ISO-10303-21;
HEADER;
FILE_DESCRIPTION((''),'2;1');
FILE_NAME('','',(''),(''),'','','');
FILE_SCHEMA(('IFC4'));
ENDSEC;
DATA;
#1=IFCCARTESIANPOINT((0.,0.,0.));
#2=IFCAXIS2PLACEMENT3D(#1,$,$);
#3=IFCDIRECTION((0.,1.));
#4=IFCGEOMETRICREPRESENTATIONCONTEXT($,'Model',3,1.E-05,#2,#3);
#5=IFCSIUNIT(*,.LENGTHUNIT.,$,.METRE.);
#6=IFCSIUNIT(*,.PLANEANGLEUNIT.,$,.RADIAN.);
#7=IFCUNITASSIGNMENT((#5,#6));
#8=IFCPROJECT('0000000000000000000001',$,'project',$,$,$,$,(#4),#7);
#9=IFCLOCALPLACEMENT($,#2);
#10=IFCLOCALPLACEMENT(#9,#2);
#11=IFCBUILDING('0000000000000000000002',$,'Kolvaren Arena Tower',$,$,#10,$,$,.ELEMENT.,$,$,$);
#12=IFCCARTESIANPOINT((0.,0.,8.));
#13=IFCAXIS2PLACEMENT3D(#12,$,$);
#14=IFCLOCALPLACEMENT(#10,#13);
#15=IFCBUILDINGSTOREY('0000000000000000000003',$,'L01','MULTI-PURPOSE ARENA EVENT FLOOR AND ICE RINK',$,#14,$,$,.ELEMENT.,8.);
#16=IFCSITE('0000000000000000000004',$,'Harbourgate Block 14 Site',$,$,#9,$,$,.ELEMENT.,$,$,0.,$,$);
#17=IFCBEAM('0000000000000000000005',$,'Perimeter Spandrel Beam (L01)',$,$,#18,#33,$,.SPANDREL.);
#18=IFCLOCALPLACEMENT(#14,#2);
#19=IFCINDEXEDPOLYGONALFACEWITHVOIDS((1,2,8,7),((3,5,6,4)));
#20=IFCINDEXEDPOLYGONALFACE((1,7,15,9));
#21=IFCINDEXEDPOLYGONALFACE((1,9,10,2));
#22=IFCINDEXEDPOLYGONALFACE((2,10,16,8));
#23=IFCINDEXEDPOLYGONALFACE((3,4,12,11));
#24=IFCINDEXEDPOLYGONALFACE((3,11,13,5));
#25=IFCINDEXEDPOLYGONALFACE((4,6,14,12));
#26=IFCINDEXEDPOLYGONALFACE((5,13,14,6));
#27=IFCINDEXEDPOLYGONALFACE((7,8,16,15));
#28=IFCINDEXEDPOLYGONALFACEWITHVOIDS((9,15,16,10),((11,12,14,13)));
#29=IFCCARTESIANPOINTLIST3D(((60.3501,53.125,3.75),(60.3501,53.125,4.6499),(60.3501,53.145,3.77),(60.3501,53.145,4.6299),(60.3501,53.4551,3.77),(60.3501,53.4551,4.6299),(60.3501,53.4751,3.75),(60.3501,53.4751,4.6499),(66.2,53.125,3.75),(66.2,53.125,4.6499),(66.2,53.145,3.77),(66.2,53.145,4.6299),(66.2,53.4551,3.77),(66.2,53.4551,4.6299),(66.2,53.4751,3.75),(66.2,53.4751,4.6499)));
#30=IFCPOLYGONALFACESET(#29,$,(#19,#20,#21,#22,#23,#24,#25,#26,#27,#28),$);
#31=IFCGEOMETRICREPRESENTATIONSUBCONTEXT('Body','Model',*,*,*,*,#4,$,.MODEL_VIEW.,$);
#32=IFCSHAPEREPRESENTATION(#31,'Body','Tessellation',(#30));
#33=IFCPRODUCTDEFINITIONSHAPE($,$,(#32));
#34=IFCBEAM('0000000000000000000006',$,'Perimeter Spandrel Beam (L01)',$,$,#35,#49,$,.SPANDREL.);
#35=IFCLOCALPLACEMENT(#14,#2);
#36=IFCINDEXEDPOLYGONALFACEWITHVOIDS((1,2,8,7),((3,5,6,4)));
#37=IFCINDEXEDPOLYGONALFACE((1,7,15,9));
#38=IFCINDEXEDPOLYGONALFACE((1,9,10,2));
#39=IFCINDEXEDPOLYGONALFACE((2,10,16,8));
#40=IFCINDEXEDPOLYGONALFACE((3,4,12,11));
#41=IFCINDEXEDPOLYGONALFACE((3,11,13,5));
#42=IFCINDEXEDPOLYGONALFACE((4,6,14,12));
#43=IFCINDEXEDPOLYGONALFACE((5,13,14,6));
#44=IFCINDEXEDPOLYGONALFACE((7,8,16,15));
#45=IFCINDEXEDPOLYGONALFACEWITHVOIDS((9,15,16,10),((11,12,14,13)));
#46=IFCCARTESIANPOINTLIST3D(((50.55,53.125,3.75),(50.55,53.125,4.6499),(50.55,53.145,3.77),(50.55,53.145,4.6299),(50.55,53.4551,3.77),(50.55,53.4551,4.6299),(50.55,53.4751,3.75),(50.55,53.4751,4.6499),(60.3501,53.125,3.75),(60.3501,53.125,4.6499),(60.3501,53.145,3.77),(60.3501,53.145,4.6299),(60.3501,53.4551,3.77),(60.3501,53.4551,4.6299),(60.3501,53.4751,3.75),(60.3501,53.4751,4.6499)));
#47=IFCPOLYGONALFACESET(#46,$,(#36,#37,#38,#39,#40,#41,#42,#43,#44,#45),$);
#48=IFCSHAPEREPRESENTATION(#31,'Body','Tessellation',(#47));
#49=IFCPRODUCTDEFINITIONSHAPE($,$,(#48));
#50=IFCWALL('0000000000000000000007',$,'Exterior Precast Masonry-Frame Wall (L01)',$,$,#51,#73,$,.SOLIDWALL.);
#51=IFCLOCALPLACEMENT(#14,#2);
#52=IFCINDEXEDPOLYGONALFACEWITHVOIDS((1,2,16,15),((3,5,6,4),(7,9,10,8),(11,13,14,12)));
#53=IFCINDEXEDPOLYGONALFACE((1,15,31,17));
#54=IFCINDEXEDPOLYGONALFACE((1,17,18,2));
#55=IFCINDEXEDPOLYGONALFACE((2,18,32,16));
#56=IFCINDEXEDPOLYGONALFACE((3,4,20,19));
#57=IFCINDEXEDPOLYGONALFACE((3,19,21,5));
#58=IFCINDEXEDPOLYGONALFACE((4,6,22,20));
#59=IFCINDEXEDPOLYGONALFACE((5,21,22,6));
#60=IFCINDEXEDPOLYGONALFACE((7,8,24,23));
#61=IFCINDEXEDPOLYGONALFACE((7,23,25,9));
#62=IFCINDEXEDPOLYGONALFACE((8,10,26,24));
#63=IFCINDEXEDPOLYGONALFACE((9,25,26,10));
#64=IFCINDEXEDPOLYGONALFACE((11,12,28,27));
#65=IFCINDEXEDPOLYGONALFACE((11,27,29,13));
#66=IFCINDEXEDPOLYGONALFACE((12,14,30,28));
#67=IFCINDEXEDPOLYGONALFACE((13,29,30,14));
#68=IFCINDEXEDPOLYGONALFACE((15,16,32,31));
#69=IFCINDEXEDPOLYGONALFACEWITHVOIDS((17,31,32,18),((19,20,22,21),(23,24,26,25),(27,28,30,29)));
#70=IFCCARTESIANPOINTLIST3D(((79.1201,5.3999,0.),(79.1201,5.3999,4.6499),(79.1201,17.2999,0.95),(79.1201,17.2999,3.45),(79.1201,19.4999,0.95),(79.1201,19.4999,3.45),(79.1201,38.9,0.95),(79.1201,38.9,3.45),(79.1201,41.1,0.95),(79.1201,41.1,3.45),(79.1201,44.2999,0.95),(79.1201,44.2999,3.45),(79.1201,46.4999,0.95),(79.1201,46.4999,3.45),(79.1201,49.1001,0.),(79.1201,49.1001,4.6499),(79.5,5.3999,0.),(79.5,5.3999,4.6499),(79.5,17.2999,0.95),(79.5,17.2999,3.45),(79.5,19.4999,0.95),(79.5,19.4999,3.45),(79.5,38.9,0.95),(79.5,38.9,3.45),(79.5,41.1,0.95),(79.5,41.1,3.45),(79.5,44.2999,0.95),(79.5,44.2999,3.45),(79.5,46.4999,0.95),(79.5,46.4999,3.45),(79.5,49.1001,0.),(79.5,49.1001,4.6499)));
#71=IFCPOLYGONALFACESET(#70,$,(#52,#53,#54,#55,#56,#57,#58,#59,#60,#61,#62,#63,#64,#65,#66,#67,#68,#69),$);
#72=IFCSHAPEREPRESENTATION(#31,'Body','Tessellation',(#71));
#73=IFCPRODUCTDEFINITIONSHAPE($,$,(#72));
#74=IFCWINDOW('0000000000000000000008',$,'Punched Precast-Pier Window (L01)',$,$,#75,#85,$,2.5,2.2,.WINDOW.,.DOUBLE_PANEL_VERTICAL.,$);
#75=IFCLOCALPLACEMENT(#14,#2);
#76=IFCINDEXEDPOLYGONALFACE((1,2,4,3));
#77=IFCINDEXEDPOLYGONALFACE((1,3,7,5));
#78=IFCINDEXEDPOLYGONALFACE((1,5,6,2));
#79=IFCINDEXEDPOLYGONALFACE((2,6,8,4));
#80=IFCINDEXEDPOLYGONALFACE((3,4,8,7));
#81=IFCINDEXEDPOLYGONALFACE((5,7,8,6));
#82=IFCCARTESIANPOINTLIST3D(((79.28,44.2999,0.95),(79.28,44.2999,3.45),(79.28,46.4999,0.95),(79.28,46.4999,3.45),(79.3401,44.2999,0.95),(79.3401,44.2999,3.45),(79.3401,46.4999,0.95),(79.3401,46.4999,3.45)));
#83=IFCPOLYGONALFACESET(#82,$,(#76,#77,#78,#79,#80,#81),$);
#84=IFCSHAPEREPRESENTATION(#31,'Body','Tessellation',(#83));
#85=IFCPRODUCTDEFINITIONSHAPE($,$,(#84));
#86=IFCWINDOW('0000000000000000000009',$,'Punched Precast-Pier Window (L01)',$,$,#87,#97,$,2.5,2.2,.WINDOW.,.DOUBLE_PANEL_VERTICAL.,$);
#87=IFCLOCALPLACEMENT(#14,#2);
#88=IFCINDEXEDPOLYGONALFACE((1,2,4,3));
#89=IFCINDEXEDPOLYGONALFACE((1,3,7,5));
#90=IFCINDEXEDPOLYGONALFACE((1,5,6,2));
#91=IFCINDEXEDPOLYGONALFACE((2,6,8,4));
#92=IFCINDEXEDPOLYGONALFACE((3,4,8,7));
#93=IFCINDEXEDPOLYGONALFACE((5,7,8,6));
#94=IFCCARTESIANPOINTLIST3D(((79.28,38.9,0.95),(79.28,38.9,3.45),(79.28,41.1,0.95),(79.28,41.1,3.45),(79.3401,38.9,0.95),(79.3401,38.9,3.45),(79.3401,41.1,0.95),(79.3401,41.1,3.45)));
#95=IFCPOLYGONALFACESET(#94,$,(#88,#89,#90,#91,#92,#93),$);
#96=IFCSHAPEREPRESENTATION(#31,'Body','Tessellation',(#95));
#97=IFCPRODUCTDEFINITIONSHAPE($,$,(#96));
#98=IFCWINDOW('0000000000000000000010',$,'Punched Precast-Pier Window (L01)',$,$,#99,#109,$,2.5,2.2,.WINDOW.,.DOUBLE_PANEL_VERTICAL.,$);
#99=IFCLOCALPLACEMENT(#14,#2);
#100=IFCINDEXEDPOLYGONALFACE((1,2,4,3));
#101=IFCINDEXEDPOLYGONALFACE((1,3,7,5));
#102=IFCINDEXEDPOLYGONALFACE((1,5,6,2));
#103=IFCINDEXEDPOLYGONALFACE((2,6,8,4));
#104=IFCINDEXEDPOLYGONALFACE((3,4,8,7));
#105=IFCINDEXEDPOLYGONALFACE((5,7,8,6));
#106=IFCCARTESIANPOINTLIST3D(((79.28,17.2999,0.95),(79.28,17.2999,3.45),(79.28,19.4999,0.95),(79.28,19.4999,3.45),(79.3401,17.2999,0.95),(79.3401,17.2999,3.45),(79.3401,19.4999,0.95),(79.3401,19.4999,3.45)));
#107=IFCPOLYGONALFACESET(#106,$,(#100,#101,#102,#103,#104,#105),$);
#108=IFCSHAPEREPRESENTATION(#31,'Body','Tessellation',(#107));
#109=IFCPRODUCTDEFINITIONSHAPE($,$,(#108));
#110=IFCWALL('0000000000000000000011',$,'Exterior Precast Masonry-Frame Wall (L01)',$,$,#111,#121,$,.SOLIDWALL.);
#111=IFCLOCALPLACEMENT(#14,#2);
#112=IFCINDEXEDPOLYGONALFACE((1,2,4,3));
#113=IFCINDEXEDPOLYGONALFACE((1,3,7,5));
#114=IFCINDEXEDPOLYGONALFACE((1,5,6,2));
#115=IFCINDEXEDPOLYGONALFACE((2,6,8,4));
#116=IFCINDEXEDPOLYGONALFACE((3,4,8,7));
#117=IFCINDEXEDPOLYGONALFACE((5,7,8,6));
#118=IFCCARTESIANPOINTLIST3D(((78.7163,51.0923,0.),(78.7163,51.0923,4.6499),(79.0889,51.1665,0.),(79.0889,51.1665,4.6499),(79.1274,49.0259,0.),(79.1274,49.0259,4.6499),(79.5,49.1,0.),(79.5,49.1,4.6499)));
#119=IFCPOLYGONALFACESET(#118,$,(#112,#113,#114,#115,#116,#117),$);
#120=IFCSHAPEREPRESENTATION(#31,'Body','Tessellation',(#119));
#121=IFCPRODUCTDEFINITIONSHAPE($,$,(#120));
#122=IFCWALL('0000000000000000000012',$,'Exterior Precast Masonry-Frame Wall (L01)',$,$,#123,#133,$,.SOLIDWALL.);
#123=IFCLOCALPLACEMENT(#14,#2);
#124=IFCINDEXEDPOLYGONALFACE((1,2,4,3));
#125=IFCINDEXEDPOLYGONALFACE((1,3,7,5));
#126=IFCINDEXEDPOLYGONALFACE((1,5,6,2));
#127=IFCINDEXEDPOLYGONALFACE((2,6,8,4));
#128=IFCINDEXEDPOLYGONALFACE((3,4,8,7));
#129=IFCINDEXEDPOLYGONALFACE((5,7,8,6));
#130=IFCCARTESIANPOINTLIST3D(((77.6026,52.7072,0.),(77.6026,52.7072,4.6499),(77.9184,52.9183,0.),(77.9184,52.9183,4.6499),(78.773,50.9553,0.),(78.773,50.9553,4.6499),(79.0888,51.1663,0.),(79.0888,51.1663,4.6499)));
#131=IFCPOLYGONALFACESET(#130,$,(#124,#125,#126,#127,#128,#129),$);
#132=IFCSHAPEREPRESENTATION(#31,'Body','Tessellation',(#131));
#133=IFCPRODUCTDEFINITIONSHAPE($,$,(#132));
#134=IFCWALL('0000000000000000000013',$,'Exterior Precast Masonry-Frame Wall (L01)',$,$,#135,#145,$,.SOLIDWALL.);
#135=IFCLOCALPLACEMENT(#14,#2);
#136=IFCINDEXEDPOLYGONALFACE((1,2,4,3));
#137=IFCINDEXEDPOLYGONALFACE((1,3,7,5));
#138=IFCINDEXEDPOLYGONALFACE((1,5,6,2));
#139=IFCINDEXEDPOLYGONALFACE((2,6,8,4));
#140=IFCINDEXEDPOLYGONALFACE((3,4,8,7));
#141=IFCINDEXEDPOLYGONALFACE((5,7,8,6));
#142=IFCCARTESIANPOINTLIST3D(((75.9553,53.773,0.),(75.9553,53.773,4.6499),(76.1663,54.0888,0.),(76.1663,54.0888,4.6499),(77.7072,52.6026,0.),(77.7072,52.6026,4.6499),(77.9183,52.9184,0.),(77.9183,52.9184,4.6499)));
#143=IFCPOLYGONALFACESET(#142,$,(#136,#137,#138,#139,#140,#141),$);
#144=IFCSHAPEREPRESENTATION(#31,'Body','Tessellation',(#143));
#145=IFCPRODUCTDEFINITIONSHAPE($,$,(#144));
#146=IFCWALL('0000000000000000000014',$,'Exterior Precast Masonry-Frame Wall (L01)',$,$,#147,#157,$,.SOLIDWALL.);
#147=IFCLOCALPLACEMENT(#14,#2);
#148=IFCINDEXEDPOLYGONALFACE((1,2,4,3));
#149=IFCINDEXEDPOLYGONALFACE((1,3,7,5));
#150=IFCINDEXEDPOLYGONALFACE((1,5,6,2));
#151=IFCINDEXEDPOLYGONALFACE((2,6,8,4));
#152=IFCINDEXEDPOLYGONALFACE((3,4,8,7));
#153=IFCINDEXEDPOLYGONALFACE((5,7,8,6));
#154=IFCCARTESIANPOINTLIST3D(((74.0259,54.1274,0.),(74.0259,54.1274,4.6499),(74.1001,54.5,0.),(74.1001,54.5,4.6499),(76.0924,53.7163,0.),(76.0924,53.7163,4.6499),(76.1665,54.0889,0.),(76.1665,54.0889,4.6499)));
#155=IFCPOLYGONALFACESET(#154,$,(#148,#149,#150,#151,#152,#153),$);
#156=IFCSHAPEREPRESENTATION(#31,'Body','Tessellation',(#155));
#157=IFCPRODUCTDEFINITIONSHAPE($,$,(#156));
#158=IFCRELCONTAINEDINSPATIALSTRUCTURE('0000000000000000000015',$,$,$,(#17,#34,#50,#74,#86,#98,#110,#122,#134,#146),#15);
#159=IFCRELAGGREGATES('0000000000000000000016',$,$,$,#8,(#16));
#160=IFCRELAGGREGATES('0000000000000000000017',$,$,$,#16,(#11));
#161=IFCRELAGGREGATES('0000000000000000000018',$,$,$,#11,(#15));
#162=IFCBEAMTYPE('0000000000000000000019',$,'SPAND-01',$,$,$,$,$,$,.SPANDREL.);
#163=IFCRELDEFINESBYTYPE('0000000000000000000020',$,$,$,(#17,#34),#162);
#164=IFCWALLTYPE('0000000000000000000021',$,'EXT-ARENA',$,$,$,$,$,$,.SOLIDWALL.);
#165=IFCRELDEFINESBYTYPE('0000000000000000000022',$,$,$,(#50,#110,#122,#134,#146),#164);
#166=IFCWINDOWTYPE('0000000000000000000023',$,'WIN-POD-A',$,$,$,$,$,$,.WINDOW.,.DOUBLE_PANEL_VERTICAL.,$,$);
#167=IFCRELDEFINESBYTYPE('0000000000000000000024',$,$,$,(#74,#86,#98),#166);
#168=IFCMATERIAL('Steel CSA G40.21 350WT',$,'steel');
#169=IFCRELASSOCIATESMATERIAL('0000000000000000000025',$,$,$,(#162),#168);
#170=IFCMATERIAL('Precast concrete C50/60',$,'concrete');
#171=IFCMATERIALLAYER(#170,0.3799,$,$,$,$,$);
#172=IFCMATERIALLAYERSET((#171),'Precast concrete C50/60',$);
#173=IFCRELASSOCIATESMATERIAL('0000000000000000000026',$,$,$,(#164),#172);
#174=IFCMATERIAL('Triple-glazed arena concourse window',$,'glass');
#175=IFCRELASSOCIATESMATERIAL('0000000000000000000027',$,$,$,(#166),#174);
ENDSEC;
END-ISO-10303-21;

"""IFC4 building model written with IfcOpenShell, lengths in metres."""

from ifc_helpers import new_model, si_unit, direction, frame, frame_2d, origin, origin_2d, place, context, subcontext, project, spatial, rectangle, hollow_rectangle, extrude, material, layer, layer_set, material_profile, profile_set, type_object, element, fill, save


model = new_model("IFC4")

# Units and contexts
model_context = context("Model", 3, precision=1e-05, world=origin(), true_north=direction((0.0, 1.0)))
body_context = subcontext(model_context, "Body", "Model", "MODEL_VIEW")
ifc_project = project(units=[si_unit("LENGTHUNIT", "METRE"), si_unit("PLANEANGLEUNIT", "RADIAN")], contexts=[model_context])

# Site, building, storey
site_placement = place(None, origin())
site = spatial("IfcSite", under=ifc_project, at=site_placement, Name="Harbourgate Block 14 Site", CompositionType="ELEMENT", RefElevation=0.0)
building_placement = place(site_placement, origin())
building = spatial("IfcBuilding", under=site, at=building_placement, Name="Kolvaren Arena Tower", CompositionType="ELEMENT")
storey_placement = place(building_placement, frame((0.0, 0.0, 8.0)))
storey = spatial("IfcBuildingStorey", under=building, at=storey_placement, Name="L01", Description="MULTI-PURPOSE ARENA EVENT FLOOR AND ICE RINK", CompositionType="ELEMENT", Elevation=8.0)

# Beams
ifc_material_1 = material(Name="Steel CSA G40.21 350WT", Category="steel")
ifc_material_profile_1 = material_profile(ifc_material_1, hollow_rectangle(XDim=0.3501, YDim=0.8999, WallThickness=0.02, at=origin_2d()), Name="HSS 900x350x20")
ifc_profile_set_1 = profile_set([ifc_material_profile_1], Name="Steel CSA G40.21 350WT")
beam_type_1 = type_object("IfcBeamType", Name="SPAND-01", PredefinedType="SPANDREL", material=ifc_profile_set_1)
beam_1_placement = place(storey_placement, frame((66.2, 53.3, 4.2), z_axis=(-1.0, 0.0, 0.0), x_axis=(0.0, -1.0, 0.0)))
element("IfcBeam", 1, at=beam_1_placement, inside=storey, type_object=beam_type_1, Name="Perimeter Spandrel Beam (L01)", PredefinedType="SPANDREL", context=body_context, shape_type="SweptSolid", body=[
    extrude(hollow_rectangle(XDim=0.3501, YDim=0.8999, WallThickness=0.02, at=origin_2d()), origin(), (0.0, 0.0, 1.0), 5.8499),
])
beam_2_placement = place(storey_placement, frame((60.3501, 53.3, 4.2), z_axis=(-1.0, 0.0, 0.0), x_axis=(0.0, -1.0, 0.0)))
element("IfcBeam", 2, at=beam_2_placement, inside=storey, type_object=beam_type_1, Name="Perimeter Spandrel Beam (L01)", PredefinedType="SPANDREL", context=body_context, shape_type="SweptSolid", body=[
    extrude(hollow_rectangle(XDim=0.3501, YDim=0.8999, WallThickness=0.02, at=origin_2d()), origin(), (0.0, 0.0, 1.0), 9.8),
])

# Wall, openings, windows
ifc_material_2 = material(Name="Precast concrete C50/60", Category="concrete")
ifc_layer_1 = layer(ifc_material_2, 0.3799)
ifc_layer_set_1 = layer_set([ifc_layer_1], Name="Precast concrete C50/60")
wall_type_1 = type_object("IfcWallType", Name="EXT-ARENA", PredefinedType="SOLIDWALL", material=ifc_layer_set_1)
wall_1_placement = place(storey_placement, frame((79.3101, 49.1001, 0.0), z_axis=(0.0, 0.0, 1.0), x_axis=(0.0, -1.0, 0.0)))
wall_1 = element("IfcWall", 3, at=wall_1_placement, inside=storey, type_object=wall_type_1, Name="Exterior Precast Masonry-Frame Wall (L01)", PredefinedType="SOLIDWALL", context=body_context, shape_type="SweptSolid", body=[
    extrude(rectangle(XDim=43.7002, YDim=0.3799, at=frame_2d((21.8501, 0.0))), origin(), (0.0, 0.0, 1.0), 4.6499),
])
opening_1_placement = place(wall_1_placement, frame((2.6001, 0.0, 0.95)))
opening_1 = element("IfcOpeningElement", 4, at=opening_1_placement, cuts=wall_1, PredefinedType="OPENING", context=body_context, shape_type="SweptSolid", body=[
    extrude(rectangle(XDim=2.2, YDim=2.5, at=frame_2d((1.1001, 1.25))), frame((0.0, 0.2, 0.0), z_axis=(0.0, -1.0, 0.0), x_axis=(1.0, 0.0, 0.0)), (0.0, 0.0, 1.0), 0.3999),
])
opening_2_placement = place(wall_1_placement, frame((8.0, 0.0, 0.95)))
opening_2 = element("IfcOpeningElement", 5, at=opening_2_placement, cuts=wall_1, PredefinedType="OPENING", context=body_context, shape_type="SweptSolid", body=[
    extrude(rectangle(XDim=2.2, YDim=2.5, at=frame_2d((1.1001, 1.25))), frame((0.0, 0.2, 0.0), z_axis=(0.0, -1.0, 0.0), x_axis=(1.0, 0.0, 0.0)), (0.0, 0.0, 1.0), 0.3999),
])
opening_3_placement = place(wall_1_placement, frame((29.6001, 0.0, 0.95)))
opening_3 = element("IfcOpeningElement", 6, at=opening_3_placement, cuts=wall_1, PredefinedType="OPENING", context=body_context, shape_type="SweptSolid", body=[
    extrude(rectangle(XDim=2.2, YDim=2.5, at=frame_2d((1.1001, 1.25))), frame((0.0, 0.2, 0.0), z_axis=(0.0, -1.0, 0.0), x_axis=(1.0, 0.0, 0.0)), (0.0, 0.0, 1.0), 0.3999),
])
ifc_material_3 = material(Name="Triple-glazed arena concourse window", Category="glass")
window_type = type_object("IfcWindowType", Name="WIN-POD-A", PartitioningType="DOUBLE_PANEL_VERTICAL", PredefinedType="WINDOW", material=ifc_material_3)
window_1_placement = place(opening_1_placement, origin())
window_1 = element("IfcWindow", 7, at=window_1_placement, inside=storey, type_object=window_type, Name="Punched Precast-Pier Window (L01)", OverallHeight=2.5, OverallWidth=2.2, PartitioningType="DOUBLE_PANEL_VERTICAL", PredefinedType="WINDOW", context=body_context, shape_type="SweptSolid", body=[
    extrude(rectangle(XDim=2.2, YDim=2.5, at=frame_2d((1.1001, 1.25))), frame((0.0, 0.03, 0.0), z_axis=(0.0, -1.0, 0.0), x_axis=(1.0, 0.0, 0.0)), (0.0, 0.0, 1.0), 0.0601),
])
fill(opening_1, window_1)
window_2_placement = place(opening_2_placement, origin())
window_2 = element("IfcWindow", 8, at=window_2_placement, inside=storey, type_object=window_type, Name="Punched Precast-Pier Window (L01)", OverallHeight=2.5, OverallWidth=2.2, PartitioningType="DOUBLE_PANEL_VERTICAL", PredefinedType="WINDOW", context=body_context, shape_type="SweptSolid", body=[
    extrude(rectangle(XDim=2.2, YDim=2.5, at=frame_2d((1.1001, 1.25))), frame((0.0, 0.03, 0.0), z_axis=(0.0, -1.0, 0.0), x_axis=(1.0, 0.0, 0.0)), (0.0, 0.0, 1.0), 0.0601),
])
fill(opening_2, window_2)
window_3_placement = place(opening_3_placement, origin())
window_3 = element("IfcWindow", 9, at=window_3_placement, inside=storey, type_object=window_type, Name="Punched Precast-Pier Window (L01)", OverallHeight=2.5, OverallWidth=2.2, PartitioningType="DOUBLE_PANEL_VERTICAL", PredefinedType="WINDOW", context=body_context, shape_type="SweptSolid", body=[
    extrude(rectangle(XDim=2.2, YDim=2.5, at=frame_2d((1.1001, 1.25))), frame((0.0, 0.03, 0.0), z_axis=(0.0, -1.0, 0.0), x_axis=(1.0, 0.0, 0.0)), (0.0, 0.0, 1.0), 0.0601),
])
fill(opening_3, window_3)

# Walls
for number, where, z_axis, x_axis, name in (
    (10, (78.9026, 51.1294, 0.0), (0.0, 0.0, 1.0), (0.195136, -0.980776, 0.0), "Exterior Precast Masonry-Frame Wall (L01)"),
    (11, (77.7605, 52.8127, 0.0), (0.0, 0.0, 1.0), (0.555502, -0.831515, 0.0), "Exterior Precast Masonry-Frame Wall (L01)"),
    (12, (76.0608, 53.9309, 0.0), (0.0, 0.0, 1.0), (0.831515, -0.555502, 0.0), "Exterior Precast Masonry-Frame Wall (L01)"),
    (13, (74.063, 54.3137, 0.0), (0.0, 0.0, 1.0), (0.980776, -0.195136, 0.0), "Exterior Precast Masonry-Frame Wall (L01)"),
):
    element("IfcWall", number, at=place(storey_placement, frame(where, z_axis=z_axis, x_axis=x_axis)), inside=storey, type_object=wall_type_1, Name=name, PredefinedType="SOLIDWALL", context=body_context, shape_type="SweptSolid", body=[
        extrude(rectangle(XDim=2.1069, YDim=0.3799, at=frame_2d((1.0535, 0.0))), origin(), (0.0, 0.0, 1.0), 4.6499),
    ])

save(model, "model.ifc")
